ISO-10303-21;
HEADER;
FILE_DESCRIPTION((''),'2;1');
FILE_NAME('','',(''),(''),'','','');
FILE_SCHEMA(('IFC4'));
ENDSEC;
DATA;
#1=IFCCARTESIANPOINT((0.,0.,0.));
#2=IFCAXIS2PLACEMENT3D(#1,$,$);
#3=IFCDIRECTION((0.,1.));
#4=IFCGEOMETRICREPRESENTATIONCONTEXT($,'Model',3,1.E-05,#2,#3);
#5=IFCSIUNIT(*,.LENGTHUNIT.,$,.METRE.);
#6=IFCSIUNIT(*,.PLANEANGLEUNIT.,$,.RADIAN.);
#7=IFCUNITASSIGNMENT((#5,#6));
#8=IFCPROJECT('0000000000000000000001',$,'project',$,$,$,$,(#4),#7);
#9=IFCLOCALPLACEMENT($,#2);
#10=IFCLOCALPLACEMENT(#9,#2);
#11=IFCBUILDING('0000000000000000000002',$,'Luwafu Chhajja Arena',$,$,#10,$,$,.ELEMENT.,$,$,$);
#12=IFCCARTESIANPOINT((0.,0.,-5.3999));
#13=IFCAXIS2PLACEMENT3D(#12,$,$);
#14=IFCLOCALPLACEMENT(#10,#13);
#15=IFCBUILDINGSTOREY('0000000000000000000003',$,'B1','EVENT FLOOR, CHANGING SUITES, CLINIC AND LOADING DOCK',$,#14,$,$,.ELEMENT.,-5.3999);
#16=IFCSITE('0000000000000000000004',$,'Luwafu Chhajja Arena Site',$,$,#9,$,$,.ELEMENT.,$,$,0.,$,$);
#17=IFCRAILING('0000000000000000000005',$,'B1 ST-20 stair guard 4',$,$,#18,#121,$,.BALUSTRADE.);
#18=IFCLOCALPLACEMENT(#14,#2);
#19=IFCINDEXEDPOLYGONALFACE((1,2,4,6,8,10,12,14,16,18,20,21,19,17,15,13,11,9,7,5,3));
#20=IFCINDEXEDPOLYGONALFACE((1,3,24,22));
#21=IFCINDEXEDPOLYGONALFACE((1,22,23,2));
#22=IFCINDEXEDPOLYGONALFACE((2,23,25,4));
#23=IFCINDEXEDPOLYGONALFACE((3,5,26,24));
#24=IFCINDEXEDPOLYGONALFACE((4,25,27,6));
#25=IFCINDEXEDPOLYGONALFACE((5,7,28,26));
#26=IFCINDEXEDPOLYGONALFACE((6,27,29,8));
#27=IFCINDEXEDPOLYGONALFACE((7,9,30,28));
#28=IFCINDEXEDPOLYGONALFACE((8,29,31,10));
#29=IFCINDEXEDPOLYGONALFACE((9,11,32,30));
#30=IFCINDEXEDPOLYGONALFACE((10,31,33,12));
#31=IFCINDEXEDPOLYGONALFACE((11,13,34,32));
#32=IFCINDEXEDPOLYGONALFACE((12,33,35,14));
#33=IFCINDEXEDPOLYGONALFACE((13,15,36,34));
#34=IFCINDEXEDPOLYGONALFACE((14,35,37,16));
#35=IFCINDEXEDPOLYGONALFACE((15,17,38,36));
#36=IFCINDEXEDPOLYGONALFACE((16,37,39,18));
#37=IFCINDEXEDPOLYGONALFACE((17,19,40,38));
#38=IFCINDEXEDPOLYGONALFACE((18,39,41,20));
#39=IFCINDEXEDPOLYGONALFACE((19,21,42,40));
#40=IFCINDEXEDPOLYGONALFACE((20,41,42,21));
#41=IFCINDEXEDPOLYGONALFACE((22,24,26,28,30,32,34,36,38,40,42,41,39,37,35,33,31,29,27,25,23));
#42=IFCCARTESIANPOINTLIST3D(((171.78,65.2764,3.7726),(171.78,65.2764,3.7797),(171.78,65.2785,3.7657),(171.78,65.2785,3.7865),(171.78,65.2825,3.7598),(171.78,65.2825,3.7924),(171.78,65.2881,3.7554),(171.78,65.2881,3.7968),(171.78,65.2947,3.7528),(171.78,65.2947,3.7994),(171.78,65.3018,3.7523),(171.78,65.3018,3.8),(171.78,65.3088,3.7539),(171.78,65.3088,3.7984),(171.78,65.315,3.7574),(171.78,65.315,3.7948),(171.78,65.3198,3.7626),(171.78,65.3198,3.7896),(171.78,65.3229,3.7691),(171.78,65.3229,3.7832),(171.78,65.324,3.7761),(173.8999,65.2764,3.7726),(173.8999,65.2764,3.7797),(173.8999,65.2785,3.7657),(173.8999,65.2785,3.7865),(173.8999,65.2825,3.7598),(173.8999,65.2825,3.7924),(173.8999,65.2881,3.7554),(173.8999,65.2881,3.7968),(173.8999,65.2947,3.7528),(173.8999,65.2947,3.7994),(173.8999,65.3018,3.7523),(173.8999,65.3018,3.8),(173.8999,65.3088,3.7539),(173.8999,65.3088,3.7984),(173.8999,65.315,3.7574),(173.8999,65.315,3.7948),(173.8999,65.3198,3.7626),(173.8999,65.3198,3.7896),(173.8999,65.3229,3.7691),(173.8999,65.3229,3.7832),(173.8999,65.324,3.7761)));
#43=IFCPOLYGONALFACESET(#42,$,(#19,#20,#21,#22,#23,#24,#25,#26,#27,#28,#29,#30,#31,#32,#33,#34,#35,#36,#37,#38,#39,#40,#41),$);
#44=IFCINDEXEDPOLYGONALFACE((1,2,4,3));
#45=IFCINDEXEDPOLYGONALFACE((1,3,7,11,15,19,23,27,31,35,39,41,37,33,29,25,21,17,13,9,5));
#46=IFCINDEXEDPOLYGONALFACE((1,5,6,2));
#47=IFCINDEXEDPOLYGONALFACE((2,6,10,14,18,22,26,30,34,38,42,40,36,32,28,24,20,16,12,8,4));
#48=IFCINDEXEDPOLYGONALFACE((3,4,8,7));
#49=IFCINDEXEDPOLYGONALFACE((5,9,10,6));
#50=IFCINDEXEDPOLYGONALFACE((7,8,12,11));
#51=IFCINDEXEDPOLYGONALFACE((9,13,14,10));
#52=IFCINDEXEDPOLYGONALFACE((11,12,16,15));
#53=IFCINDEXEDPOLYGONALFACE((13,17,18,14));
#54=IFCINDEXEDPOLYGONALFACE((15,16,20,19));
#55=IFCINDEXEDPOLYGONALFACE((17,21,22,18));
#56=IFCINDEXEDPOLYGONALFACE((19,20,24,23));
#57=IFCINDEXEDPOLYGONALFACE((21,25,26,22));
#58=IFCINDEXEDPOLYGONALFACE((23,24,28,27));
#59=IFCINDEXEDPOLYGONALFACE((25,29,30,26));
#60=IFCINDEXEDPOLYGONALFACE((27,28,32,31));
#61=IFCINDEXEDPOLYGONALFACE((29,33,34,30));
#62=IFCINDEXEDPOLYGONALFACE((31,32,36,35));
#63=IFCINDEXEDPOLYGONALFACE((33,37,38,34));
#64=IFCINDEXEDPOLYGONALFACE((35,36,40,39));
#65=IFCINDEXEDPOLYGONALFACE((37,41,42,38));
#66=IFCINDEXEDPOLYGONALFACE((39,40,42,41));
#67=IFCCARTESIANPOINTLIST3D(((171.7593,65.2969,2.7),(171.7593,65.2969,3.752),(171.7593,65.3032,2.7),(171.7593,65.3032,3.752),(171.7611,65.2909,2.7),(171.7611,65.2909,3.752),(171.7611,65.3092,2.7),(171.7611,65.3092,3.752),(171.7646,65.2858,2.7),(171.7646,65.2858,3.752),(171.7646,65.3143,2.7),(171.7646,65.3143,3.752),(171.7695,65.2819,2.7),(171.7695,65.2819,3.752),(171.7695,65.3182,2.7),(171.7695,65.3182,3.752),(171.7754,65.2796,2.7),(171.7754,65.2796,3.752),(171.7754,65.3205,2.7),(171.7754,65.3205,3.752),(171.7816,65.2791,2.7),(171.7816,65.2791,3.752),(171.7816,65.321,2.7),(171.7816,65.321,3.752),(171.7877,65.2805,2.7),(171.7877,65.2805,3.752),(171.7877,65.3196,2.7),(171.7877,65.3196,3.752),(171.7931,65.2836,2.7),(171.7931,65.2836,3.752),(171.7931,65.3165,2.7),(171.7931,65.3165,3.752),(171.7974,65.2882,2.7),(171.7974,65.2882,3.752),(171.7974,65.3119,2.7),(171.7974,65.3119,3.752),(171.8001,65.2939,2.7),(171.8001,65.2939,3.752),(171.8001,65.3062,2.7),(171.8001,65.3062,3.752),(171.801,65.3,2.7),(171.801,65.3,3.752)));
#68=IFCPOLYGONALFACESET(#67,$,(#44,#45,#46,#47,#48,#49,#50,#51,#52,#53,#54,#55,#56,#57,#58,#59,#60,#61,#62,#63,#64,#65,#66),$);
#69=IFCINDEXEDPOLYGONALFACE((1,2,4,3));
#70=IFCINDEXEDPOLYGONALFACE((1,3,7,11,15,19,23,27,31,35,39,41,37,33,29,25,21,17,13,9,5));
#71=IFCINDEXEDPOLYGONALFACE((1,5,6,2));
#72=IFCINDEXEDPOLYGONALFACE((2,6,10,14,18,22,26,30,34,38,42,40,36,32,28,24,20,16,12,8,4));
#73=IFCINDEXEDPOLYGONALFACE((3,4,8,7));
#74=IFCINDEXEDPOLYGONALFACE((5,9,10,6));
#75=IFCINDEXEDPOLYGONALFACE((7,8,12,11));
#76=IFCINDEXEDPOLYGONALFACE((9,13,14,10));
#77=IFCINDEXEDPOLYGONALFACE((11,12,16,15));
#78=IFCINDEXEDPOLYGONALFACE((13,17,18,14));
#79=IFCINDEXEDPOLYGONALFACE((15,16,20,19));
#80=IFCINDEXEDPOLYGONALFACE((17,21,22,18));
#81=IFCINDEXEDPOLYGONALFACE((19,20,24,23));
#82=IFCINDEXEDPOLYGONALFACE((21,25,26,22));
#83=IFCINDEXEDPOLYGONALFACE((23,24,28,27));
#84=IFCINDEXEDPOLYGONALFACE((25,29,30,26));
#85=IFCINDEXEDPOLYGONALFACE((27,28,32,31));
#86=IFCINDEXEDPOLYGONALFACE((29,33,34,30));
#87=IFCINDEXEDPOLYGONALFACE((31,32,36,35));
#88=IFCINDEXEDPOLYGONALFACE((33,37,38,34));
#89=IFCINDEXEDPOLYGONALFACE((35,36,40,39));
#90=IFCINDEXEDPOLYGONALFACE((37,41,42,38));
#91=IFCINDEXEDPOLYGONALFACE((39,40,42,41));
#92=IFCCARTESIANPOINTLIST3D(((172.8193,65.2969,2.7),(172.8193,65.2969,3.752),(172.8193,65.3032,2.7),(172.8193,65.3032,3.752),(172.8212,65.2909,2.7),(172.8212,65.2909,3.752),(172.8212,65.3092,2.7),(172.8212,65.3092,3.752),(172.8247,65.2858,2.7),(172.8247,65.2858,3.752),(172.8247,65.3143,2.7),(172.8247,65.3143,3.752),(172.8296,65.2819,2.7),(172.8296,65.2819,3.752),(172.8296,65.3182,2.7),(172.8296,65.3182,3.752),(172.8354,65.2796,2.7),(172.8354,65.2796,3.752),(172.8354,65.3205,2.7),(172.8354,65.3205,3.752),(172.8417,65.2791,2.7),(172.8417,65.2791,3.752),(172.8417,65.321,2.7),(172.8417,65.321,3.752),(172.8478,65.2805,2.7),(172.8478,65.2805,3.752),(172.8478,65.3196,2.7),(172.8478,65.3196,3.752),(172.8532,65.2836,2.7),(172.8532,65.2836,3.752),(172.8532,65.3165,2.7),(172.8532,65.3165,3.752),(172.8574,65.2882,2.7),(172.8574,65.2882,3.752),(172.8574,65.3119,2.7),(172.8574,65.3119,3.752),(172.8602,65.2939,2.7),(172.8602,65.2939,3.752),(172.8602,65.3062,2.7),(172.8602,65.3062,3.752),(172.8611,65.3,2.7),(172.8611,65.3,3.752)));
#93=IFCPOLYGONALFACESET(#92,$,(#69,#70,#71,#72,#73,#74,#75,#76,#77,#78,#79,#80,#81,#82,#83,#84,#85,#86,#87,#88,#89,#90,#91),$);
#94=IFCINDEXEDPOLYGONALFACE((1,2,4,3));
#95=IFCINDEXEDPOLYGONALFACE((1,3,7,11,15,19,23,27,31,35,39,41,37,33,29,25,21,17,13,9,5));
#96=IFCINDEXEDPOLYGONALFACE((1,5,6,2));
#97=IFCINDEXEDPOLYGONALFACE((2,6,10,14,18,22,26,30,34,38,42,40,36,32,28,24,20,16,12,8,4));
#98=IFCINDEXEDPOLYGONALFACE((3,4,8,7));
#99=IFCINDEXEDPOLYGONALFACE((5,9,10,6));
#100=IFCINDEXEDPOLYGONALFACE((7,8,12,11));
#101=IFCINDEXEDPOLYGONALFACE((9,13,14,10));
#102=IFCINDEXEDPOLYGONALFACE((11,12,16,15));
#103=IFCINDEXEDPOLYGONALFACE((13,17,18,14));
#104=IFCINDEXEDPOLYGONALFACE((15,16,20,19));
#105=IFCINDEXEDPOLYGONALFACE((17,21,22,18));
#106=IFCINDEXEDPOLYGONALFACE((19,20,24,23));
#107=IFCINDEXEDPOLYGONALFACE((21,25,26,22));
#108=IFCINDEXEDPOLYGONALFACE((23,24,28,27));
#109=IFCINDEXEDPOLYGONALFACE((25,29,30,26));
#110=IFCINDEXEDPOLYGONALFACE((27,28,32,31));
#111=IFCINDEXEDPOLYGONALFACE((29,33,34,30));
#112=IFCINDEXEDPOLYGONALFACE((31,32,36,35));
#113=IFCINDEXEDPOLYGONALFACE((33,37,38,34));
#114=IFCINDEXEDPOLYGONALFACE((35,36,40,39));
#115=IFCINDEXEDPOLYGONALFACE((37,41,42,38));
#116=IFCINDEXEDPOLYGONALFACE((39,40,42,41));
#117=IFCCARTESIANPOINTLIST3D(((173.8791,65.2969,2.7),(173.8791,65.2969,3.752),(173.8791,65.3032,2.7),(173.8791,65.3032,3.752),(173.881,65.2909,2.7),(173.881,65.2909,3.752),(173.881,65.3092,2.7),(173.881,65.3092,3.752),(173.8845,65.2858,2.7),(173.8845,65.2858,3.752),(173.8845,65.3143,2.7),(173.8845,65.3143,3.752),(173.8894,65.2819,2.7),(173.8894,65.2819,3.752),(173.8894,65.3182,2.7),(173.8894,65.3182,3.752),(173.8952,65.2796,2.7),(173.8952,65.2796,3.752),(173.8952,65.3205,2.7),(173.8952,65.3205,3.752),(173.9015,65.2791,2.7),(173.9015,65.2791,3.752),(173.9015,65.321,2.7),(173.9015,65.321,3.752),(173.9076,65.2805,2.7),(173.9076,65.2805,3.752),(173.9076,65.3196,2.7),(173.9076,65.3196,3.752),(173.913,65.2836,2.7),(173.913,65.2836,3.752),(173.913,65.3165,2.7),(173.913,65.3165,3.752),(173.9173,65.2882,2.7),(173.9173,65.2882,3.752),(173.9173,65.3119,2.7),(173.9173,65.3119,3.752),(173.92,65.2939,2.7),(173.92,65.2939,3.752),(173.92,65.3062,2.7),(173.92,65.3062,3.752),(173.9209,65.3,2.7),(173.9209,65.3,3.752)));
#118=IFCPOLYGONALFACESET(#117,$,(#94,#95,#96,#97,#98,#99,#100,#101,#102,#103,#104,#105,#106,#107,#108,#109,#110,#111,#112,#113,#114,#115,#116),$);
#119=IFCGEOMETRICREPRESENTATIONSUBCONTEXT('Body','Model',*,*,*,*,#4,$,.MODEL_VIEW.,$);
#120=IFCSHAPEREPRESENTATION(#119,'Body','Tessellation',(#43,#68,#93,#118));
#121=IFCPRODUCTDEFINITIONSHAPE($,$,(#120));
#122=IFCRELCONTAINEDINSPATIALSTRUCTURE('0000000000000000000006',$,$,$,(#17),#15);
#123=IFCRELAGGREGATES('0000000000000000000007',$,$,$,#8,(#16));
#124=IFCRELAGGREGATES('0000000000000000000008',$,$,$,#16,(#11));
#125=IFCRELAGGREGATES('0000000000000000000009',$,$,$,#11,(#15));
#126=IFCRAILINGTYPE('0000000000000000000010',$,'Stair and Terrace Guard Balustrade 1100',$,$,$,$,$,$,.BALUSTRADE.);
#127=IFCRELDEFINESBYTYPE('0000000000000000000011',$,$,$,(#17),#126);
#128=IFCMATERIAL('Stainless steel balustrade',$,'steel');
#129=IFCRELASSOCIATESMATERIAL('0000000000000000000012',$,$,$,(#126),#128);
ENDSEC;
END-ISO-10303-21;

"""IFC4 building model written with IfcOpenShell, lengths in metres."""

from ifc_helpers import new_model, si_unit, direction, frame, origin, origin_2d, place, context, subcontext, project, spatial, circle, extrude, material, type_object, element, save


model = new_model("IFC4")

# Units and contexts
model_context = context("Model", 3, precision=1e-05, world=origin(), true_north=direction((0.0, 1.0)))
body_context = subcontext(model_context, "Body", "Model", "MODEL_VIEW")
ifc_project = project(units=[si_unit("LENGTHUNIT", "METRE"), si_unit("PLANEANGLEUNIT", "RADIAN")], contexts=[model_context])

# Site, building, storey
site_placement = place(None, origin())
site = spatial("IfcSite", under=ifc_project, at=site_placement, Name="Luwafu Chhajja Arena Site", CompositionType="ELEMENT", RefElevation=0.0)
building_placement = place(site_placement, origin())
building = spatial("IfcBuilding", under=site, at=building_placement, Name="Luwafu Chhajja Arena", CompositionType="ELEMENT")
storey_placement = place(building_placement, frame((0.0, 0.0, -5.3999)))
storey = spatial("IfcBuildingStorey", under=building, at=storey_placement, Name="B1", Description="EVENT FLOOR, CHANGING SUITES, CLINIC AND LOADING DOCK", CompositionType="ELEMENT", Elevation=-5.3999)

# Railing
ifc_material_1 = material(Name="Stainless steel balustrade", Category="steel")
railing_type_1 = type_object("IfcRailingType", Name="Stair and Terrace Guard Balustrade 1100", PredefinedType="BALUSTRADE", material=ifc_material_1)
for number, where, name in (
    (1, (171.78, 65.3, 2.7), "B1 ST-20 stair guard 4"),
):
    element("IfcRailing", number, at=place(storey_placement, frame(where)), inside=storey, type_object=railing_type_1, Name=name, PredefinedType="BALUSTRADE", context=body_context, shape_type="SweptSolid", body=[
        extrude(circle(Radius=0.0239, at=origin_2d()), frame((0.0, 0.0, 1.0762), z_axis=(1.0, 0.0, 0.0), x_axis=(0.0, 1.0, 0.0)), (0.0, 0.0, 1.0), 2.1199),
        extrude(circle(Radius=0.021, at=origin_2d()), origin(), (0.0, 0.0, 1.0), 1.052),
        extrude(circle(Radius=0.021, at=origin_2d()), frame((1.0601, 0.0, 0.0)), (0.0, 0.0, 1.0), 1.052),
        extrude(circle(Radius=0.021, at=origin_2d()), frame((2.1199, 0.0, 0.0)), (0.0, 0.0, 1.0), 1.052),
    ])

save(model, "model.ifc")
